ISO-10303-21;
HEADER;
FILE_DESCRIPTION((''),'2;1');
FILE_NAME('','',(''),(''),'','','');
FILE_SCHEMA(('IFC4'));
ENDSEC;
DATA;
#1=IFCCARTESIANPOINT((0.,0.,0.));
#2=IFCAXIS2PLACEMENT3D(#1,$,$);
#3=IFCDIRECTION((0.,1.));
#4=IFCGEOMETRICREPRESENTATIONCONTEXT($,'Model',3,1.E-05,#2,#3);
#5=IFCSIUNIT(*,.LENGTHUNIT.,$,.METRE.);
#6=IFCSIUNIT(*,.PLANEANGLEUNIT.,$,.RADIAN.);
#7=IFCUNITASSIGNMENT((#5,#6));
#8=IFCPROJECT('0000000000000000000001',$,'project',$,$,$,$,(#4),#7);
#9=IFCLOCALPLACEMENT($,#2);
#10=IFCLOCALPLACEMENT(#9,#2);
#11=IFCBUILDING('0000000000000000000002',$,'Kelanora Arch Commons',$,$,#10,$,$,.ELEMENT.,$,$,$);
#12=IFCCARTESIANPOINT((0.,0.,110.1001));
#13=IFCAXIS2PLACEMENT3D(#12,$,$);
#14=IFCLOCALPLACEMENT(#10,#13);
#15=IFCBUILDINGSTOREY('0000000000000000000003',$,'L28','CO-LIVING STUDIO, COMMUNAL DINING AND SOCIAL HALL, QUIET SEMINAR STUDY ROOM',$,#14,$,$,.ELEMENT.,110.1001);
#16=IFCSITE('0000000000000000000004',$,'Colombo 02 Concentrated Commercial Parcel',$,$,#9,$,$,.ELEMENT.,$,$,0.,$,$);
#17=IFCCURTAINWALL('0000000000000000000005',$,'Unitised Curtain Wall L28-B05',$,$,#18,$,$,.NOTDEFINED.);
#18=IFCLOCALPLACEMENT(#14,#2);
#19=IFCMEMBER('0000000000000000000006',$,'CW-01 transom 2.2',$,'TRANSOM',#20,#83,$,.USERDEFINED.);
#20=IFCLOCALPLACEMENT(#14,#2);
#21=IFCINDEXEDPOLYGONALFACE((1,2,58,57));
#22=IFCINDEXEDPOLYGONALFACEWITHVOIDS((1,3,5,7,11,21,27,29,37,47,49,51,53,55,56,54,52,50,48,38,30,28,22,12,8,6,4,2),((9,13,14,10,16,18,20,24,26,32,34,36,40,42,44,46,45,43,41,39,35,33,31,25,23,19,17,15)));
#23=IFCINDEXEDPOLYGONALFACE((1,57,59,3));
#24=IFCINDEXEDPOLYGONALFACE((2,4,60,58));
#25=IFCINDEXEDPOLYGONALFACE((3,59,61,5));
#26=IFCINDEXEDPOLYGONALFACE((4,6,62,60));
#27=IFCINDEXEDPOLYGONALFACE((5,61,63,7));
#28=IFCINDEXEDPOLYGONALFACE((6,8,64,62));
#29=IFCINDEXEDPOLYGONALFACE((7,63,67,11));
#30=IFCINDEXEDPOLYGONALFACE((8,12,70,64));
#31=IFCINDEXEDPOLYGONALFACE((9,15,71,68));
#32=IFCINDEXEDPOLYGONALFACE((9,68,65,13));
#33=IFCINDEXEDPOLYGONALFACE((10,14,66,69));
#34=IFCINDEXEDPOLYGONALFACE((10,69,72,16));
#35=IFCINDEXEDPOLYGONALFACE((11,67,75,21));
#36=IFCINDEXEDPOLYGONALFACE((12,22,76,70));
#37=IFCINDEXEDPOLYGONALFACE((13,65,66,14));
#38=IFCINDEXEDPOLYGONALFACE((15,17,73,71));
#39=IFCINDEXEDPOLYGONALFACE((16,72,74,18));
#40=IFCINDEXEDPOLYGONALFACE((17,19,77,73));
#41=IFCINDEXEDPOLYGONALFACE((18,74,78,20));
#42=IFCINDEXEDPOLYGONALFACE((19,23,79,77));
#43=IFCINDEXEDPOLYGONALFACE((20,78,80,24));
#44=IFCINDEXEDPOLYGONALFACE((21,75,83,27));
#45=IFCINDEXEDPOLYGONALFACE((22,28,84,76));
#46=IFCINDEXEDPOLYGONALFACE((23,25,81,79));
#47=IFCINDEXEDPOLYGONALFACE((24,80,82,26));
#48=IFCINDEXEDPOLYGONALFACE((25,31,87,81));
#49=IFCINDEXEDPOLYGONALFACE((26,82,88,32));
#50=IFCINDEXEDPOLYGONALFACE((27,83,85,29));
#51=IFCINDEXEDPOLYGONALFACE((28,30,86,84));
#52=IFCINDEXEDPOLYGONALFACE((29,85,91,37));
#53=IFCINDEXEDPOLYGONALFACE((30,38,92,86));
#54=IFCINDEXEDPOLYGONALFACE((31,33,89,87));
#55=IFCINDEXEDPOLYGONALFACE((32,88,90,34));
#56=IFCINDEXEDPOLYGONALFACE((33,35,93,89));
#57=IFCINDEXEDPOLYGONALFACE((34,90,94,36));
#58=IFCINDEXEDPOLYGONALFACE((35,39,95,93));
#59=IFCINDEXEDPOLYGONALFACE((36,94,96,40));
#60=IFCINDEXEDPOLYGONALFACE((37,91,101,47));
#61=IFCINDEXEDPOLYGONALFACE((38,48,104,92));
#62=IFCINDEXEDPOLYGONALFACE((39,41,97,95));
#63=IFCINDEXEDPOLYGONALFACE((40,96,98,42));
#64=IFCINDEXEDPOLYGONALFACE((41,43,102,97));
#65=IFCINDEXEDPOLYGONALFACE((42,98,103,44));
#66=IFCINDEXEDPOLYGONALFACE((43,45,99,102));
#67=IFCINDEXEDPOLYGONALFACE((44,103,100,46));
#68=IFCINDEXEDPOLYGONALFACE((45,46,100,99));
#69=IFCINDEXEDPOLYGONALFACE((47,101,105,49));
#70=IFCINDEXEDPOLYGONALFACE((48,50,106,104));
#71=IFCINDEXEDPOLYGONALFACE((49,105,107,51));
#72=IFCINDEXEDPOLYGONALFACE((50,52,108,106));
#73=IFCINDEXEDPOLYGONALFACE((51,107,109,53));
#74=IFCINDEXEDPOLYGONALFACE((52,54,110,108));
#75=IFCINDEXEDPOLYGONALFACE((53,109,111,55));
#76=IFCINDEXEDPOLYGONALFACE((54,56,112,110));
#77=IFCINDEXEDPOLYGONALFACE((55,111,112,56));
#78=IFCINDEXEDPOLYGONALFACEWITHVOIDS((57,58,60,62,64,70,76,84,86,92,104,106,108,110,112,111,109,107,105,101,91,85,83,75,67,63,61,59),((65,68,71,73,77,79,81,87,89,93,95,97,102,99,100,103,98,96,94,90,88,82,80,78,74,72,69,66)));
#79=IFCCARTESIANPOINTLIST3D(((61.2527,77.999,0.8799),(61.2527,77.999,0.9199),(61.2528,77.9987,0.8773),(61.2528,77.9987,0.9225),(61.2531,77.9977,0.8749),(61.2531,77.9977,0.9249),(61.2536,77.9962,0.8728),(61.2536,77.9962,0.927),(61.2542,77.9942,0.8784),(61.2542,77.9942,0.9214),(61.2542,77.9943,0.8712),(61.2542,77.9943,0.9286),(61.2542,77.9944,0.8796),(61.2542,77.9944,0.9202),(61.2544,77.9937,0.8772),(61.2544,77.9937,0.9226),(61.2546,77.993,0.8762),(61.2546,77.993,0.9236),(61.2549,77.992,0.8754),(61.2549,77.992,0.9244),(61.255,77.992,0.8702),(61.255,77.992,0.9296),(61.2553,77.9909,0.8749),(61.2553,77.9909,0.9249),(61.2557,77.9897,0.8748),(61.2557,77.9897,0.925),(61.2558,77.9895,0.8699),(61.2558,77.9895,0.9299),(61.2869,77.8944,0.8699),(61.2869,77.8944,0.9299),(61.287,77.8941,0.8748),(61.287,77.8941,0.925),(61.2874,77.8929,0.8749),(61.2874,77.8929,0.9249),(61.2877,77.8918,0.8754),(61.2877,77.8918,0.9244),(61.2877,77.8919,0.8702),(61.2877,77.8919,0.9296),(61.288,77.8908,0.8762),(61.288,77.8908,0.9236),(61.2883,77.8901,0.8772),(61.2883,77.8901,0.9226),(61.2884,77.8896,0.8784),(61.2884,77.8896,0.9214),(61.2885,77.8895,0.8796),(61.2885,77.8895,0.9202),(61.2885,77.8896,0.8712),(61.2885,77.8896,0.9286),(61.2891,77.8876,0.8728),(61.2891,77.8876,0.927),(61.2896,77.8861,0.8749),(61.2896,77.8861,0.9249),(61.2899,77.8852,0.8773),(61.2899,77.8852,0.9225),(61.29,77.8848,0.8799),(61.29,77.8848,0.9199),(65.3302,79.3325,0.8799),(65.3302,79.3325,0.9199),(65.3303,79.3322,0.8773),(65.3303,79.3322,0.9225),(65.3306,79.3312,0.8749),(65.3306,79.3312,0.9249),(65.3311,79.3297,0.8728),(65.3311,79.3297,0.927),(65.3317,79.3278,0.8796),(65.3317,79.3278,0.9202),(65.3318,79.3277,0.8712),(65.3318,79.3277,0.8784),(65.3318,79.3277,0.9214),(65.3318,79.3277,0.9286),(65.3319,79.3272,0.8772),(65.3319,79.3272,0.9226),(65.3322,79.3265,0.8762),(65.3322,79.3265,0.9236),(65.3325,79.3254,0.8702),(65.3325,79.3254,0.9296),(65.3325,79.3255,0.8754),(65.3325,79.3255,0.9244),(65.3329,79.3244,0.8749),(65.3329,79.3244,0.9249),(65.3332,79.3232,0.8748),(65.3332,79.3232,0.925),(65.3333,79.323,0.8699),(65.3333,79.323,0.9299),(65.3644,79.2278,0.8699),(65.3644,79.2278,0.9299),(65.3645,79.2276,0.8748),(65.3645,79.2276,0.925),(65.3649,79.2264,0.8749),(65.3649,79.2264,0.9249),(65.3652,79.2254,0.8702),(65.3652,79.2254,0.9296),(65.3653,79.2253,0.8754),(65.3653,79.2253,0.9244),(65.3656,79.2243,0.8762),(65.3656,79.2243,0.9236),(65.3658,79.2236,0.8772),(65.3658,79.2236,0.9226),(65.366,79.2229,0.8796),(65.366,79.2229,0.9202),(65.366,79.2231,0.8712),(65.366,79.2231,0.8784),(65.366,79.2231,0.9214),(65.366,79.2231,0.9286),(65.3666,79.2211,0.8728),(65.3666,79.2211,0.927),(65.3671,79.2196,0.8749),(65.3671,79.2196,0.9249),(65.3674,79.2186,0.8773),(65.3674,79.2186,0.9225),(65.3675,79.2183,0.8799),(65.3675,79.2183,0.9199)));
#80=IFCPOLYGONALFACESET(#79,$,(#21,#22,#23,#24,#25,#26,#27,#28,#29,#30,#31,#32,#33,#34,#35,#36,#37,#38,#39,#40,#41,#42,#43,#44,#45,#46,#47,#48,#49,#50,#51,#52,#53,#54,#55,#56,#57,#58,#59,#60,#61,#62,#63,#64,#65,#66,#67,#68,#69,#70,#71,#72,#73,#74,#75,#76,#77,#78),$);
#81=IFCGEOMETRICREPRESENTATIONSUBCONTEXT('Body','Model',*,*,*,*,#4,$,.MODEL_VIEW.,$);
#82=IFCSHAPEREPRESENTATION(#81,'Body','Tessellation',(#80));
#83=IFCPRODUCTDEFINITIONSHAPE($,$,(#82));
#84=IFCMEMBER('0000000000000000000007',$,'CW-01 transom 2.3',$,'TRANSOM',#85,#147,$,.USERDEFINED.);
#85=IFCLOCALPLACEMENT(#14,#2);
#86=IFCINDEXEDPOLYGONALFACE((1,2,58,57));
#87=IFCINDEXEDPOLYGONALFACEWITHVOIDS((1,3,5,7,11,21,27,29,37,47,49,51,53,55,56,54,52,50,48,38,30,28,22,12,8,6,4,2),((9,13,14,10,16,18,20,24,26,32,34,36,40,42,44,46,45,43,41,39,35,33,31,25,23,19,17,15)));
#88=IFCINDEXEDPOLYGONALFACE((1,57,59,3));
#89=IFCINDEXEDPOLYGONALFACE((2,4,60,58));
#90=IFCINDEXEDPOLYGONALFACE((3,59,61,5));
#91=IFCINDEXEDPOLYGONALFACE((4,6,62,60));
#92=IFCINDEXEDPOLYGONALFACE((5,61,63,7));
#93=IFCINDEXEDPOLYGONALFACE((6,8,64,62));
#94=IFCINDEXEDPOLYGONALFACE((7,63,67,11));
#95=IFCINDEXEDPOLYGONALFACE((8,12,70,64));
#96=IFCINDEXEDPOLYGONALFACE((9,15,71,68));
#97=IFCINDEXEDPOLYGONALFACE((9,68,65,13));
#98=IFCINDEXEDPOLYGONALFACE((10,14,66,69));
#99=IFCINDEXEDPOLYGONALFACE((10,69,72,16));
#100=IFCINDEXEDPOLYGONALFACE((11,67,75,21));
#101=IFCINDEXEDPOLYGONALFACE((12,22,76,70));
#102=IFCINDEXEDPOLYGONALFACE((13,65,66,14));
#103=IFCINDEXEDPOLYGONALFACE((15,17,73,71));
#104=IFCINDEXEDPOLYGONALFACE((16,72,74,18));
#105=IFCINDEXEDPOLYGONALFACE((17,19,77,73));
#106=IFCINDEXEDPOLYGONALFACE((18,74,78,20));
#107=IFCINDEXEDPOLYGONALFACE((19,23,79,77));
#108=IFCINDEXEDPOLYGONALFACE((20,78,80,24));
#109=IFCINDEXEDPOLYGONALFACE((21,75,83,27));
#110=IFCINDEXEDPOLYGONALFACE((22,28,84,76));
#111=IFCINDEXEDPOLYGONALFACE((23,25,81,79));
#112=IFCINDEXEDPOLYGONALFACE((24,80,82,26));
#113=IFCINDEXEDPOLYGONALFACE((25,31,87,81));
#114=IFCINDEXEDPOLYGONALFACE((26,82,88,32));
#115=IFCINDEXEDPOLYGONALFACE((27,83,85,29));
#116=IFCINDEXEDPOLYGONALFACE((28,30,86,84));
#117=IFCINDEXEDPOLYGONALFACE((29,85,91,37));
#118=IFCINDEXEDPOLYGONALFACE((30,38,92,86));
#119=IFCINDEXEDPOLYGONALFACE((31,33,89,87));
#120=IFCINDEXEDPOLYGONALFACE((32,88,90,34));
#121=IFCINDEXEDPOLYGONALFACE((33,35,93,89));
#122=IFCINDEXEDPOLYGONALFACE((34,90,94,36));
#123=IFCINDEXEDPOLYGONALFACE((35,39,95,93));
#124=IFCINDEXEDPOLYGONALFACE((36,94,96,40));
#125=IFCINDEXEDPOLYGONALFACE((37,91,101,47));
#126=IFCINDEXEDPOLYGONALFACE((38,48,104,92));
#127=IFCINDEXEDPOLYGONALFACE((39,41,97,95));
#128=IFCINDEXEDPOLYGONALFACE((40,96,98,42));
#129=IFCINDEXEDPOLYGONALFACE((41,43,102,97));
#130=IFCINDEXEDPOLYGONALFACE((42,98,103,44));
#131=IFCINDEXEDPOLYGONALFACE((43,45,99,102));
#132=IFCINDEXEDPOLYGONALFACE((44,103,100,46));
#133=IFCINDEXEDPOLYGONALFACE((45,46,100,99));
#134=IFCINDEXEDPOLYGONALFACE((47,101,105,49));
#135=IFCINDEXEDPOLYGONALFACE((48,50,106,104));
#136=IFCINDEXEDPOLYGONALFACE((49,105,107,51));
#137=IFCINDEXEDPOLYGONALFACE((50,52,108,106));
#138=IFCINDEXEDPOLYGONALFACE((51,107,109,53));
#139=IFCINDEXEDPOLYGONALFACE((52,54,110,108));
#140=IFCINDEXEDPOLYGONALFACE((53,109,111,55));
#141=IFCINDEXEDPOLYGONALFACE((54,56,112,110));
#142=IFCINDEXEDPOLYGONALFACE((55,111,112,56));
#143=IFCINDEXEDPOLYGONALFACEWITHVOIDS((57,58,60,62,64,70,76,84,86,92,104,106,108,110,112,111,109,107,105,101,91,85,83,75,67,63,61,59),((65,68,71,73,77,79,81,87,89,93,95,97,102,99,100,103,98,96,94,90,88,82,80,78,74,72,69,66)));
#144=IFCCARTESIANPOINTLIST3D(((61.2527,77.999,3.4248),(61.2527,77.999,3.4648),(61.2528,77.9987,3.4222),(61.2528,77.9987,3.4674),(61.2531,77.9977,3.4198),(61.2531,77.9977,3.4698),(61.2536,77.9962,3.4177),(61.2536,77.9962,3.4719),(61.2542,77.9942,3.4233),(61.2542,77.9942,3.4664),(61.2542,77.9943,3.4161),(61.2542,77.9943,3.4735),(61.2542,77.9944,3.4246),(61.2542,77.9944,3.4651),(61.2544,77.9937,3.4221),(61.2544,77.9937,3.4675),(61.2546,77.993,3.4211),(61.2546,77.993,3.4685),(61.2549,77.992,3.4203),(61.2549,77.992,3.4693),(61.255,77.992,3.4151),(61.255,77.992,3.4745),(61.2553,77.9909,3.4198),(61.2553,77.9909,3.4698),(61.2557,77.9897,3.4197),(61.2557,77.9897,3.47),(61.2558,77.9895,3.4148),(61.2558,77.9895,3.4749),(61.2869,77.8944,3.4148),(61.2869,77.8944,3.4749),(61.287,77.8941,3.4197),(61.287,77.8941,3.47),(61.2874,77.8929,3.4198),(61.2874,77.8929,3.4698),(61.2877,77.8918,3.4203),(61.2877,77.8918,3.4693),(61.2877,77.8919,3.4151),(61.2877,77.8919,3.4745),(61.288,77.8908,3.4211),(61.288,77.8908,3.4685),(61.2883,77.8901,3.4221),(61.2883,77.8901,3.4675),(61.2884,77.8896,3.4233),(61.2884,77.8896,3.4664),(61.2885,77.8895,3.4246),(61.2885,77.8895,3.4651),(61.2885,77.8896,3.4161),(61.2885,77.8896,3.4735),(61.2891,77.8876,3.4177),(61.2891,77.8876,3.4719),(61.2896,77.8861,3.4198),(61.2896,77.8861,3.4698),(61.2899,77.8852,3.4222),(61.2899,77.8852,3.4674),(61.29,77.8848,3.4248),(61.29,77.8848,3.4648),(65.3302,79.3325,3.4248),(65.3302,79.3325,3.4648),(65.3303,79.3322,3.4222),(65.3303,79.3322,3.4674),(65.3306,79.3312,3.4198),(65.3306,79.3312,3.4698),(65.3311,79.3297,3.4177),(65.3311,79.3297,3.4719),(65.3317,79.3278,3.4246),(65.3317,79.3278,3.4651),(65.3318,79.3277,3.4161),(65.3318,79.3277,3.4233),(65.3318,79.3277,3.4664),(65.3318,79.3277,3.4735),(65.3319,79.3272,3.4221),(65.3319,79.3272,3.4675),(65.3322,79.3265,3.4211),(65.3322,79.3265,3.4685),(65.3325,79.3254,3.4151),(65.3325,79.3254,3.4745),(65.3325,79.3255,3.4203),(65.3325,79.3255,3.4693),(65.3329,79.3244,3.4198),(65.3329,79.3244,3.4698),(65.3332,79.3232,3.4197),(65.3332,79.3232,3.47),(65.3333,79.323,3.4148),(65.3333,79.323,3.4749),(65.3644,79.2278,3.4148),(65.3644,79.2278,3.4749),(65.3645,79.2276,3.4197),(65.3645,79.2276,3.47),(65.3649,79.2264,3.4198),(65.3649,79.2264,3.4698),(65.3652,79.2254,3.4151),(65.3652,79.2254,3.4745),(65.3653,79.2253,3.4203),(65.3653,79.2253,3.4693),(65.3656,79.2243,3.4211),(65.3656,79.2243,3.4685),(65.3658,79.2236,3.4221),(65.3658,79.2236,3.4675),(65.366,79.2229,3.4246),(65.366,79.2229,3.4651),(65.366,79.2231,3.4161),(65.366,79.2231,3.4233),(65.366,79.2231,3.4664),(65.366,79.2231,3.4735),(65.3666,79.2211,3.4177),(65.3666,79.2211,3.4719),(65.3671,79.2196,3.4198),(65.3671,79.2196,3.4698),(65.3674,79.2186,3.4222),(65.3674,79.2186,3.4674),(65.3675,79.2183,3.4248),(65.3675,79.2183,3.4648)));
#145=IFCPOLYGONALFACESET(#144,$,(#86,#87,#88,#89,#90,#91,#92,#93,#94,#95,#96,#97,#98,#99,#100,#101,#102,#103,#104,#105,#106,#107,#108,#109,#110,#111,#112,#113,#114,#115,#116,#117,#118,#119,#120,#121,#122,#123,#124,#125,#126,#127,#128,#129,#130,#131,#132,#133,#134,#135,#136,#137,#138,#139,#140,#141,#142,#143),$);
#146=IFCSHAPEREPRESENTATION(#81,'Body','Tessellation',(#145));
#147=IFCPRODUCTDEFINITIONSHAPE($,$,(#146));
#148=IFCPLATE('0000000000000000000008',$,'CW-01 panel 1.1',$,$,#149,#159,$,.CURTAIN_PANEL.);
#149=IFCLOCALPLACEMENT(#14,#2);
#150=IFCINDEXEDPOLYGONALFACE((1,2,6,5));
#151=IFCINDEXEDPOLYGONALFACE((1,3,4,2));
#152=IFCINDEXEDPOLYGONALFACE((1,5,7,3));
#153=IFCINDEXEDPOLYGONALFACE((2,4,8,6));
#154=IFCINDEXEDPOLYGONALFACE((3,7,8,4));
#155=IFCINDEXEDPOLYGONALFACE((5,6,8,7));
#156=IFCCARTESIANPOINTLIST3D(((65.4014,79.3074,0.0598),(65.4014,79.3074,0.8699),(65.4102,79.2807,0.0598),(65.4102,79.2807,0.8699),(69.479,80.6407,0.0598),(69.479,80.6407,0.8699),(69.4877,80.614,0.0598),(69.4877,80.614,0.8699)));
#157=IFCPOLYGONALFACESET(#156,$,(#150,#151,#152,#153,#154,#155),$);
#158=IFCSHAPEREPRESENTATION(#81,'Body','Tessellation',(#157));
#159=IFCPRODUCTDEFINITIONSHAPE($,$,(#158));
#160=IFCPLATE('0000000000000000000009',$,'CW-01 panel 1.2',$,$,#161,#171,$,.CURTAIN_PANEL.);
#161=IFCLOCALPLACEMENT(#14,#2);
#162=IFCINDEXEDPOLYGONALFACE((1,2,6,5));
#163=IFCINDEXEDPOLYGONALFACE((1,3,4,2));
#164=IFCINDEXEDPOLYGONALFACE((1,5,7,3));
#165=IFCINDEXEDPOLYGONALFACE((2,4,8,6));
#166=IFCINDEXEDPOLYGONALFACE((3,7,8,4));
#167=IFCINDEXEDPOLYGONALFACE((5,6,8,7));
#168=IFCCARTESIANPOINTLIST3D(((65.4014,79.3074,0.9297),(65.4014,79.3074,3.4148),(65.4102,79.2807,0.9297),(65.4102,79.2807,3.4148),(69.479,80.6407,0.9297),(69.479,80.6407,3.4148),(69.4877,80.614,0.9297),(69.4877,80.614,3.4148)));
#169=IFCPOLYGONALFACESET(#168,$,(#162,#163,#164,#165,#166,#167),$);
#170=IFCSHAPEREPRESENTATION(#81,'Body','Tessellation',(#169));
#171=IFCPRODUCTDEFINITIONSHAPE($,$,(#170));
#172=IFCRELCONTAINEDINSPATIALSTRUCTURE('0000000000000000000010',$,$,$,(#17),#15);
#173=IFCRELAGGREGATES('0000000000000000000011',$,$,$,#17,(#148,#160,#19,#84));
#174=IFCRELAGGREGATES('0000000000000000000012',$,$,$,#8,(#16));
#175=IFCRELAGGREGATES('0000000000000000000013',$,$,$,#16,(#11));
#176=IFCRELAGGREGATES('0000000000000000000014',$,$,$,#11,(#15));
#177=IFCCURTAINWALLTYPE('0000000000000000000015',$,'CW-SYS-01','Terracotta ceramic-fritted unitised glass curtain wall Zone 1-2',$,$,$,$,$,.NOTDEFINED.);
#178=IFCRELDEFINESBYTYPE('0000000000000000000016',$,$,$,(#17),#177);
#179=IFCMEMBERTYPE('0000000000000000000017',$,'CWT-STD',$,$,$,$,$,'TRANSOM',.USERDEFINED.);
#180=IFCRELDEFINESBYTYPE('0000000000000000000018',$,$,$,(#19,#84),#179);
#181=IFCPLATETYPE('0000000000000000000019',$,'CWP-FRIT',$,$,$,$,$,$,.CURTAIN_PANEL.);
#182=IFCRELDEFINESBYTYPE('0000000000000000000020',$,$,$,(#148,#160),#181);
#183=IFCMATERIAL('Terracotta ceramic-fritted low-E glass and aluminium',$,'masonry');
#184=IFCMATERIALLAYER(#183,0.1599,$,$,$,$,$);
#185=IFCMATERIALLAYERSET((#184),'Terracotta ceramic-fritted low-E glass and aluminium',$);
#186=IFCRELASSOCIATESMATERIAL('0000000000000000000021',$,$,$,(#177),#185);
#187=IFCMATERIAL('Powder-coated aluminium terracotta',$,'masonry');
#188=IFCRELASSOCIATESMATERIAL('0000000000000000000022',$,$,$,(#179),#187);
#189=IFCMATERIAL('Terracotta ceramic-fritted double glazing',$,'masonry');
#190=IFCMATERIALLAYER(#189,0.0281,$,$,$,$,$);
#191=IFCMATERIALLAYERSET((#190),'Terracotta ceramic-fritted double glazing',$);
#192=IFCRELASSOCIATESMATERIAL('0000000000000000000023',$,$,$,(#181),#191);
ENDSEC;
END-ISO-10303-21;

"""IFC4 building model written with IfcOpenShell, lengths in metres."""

from ifc_helpers import new_model, si_unit, direction, frame, origin, origin_2d, place, context, subcontext, project, spatial, rectangle, hollow_rectangle, extrude, source, transform, mapped, material, layer, layer_set, material_profile, profile_set, type_object, element, aggregate, save


model = new_model("IFC4")

# Units and contexts
model_context = context("Model", 3, precision=1e-05, world=origin(), true_north=direction((0.0, 1.0)))
body_context = subcontext(model_context, "Body", "Model", "MODEL_VIEW")
ifc_project = project(units=[si_unit("LENGTHUNIT", "METRE"), si_unit("PLANEANGLEUNIT", "RADIAN")], contexts=[model_context])

# Site, building, storey
site_placement = place(None, origin())
site = spatial("IfcSite", under=ifc_project, at=site_placement, Name="Colombo 02 Concentrated Commercial Parcel", CompositionType="ELEMENT", RefElevation=0.0)
building_placement = place(site_placement, origin())
building = spatial("IfcBuilding", under=site, at=building_placement, Name="Kelanora Arch Commons", CompositionType="ELEMENT")
storey_placement = place(building_placement, frame((0.0, 0.0, 110.1001)))
storey = spatial("IfcBuildingStorey", under=building, at=storey_placement, Name="L28", Description="CO-LIVING STUDIO, COMMUNAL DINING AND SOCIAL HALL, QUIET SEMINAR STUDY ROOM", CompositionType="ELEMENT", Elevation=110.1001)

# Curtain wall, members, plates
ifc_material_1 = material(Name="Terracotta ceramic-fritted low-E glass and aluminium", Category="masonry")
ifc_layer_1 = layer(ifc_material_1, 0.1599)
ifc_layer_set_1 = layer_set([ifc_layer_1], Name="Terracotta ceramic-fritted low-E glass and aluminium")
curtain_wall_type = type_object("IfcCurtainWallType", Name="CW-SYS-01", Description="Terracotta ceramic-fritted unitised glass curtain wall Zone 1-2", PredefinedType="NOTDEFINED", material=ifc_layer_set_1)
curtain_wall_placement = place(storey_placement, origin())
curtain_wall = element("IfcCurtainWall", 1, at=curtain_wall_placement, inside=storey, type_object=curtain_wall_type, Name="Unitised Curtain Wall L28-B05", PredefinedType="NOTDEFINED")
ifc_material_2 = material(Name="Powder-coated aluminium terracotta", Category="masonry")
ifc_material_profile_1 = material_profile(ifc_material_2, hollow_rectangle(XDim=0.1201, YDim=0.0601, WallThickness=0.0049, InnerFilletRadius=0.0049, OuterFilletRadius=0.01, at=origin_2d()), Name="CWT120x60")
ifc_profile_set_1 = profile_set([ifc_material_profile_1], Name="Powder-coated aluminium terracotta")
member_type_1 = type_object("IfcMemberType", Name="CWT-STD", ElementType="TRANSOM", PredefinedType="USERDEFINED", material=ifc_profile_set_1)
member_1_placement = place(storey_placement, frame((65.3489, 79.2754, 0.8999), z_axis=(-0.950466, -0.310828, 0.0), x_axis=(0.310828, -0.950466, 0.0)))
member_1 = element("IfcMember", 2, at=member_1_placement, type_object=member_type_1, Name="CW-01 transom 2.2", ObjectType="TRANSOM", PredefinedType="USERDEFINED", context=body_context, shape_type="SweptSolid", body=[
    extrude(hollow_rectangle(XDim=0.1201, YDim=0.0601, WallThickness=0.0049, InnerFilletRadius=0.0049, OuterFilletRadius=0.01, at=origin_2d()), origin(), (0.0, 0.0, 1.0), 4.29),
])
member_2_placement = place(storey_placement, frame((65.3489, 79.2754, 3.4448), z_axis=(-0.950466, -0.310828, 0.0), x_axis=(0.310828, -0.950466, 0.0)))
member_2 = element("IfcMember", 3, at=member_2_placement, type_object=member_type_1, Name="CW-01 transom 2.3", ObjectType="TRANSOM", PredefinedType="USERDEFINED", context=body_context, shape_type="SweptSolid", body=[
    extrude(hollow_rectangle(XDim=0.1201, YDim=0.0601, WallThickness=0.0049, InnerFilletRadius=0.0049, OuterFilletRadius=0.01, at=origin_2d()), origin(), (0.0, 0.0, 1.0), 4.29),
])
ifc_material_3 = material(Name="Terracotta ceramic-fritted double glazing", Category="masonry")
ifc_layer_2 = layer(ifc_material_3, 0.0281)
ifc_layer_set_2 = layer_set([ifc_layer_2], Name="Terracotta ceramic-fritted double glazing")
plate_type = type_object("IfcPlateType", Name="CWP-FRIT", PredefinedType="CURTAIN_PANEL", material=ifc_layer_set_2)
shared_shape_1 = source(origin(), body_context, "Body", "SweptSolid", [
    extrude(rectangle(XDim=4.29, YDim=0.0281, at=origin_2d()), origin(), (0.0, 0.0, 1.0), 0.8101),
])
plate_1_placement = place(storey_placement, frame((67.4446, 79.9607, 0.0598), z_axis=(0.0, 0.0, 1.0), x_axis=(-0.950474, -0.310805, 0.0)))
plate_1 = element("IfcPlate", 4, at=plate_1_placement, type_object=plate_type, Name="CW-01 panel 1.1", PredefinedType="CURTAIN_PANEL", context=body_context, shape_type="MappedRepresentation", body=[
    mapped(shared_shape_1, transform((0.0, 0.0, 0.0), scale=1.0)),
])
shared_shape_2 = source(origin(), body_context, "Body", "SweptSolid", [
    extrude(rectangle(XDim=4.29, YDim=0.0281, at=origin_2d()), origin(), (0.0, 0.0, 1.0), 2.4851),
])
plate_2_placement = place(storey_placement, frame((67.4446, 79.9607, 0.9297), z_axis=(0.0, 0.0, 1.0), x_axis=(-0.950474, -0.310805, 0.0)))
plate_2 = element("IfcPlate", 5, at=plate_2_placement, type_object=plate_type, Name="CW-01 panel 1.2", PredefinedType="CURTAIN_PANEL", context=body_context, shape_type="MappedRepresentation", body=[
    mapped(shared_shape_2, transform((0.0, 0.0, 0.0), scale=1.0)),
])
aggregate(curtain_wall, [plate_1, plate_2, member_1, member_2])

save(model, "model.ifc")
